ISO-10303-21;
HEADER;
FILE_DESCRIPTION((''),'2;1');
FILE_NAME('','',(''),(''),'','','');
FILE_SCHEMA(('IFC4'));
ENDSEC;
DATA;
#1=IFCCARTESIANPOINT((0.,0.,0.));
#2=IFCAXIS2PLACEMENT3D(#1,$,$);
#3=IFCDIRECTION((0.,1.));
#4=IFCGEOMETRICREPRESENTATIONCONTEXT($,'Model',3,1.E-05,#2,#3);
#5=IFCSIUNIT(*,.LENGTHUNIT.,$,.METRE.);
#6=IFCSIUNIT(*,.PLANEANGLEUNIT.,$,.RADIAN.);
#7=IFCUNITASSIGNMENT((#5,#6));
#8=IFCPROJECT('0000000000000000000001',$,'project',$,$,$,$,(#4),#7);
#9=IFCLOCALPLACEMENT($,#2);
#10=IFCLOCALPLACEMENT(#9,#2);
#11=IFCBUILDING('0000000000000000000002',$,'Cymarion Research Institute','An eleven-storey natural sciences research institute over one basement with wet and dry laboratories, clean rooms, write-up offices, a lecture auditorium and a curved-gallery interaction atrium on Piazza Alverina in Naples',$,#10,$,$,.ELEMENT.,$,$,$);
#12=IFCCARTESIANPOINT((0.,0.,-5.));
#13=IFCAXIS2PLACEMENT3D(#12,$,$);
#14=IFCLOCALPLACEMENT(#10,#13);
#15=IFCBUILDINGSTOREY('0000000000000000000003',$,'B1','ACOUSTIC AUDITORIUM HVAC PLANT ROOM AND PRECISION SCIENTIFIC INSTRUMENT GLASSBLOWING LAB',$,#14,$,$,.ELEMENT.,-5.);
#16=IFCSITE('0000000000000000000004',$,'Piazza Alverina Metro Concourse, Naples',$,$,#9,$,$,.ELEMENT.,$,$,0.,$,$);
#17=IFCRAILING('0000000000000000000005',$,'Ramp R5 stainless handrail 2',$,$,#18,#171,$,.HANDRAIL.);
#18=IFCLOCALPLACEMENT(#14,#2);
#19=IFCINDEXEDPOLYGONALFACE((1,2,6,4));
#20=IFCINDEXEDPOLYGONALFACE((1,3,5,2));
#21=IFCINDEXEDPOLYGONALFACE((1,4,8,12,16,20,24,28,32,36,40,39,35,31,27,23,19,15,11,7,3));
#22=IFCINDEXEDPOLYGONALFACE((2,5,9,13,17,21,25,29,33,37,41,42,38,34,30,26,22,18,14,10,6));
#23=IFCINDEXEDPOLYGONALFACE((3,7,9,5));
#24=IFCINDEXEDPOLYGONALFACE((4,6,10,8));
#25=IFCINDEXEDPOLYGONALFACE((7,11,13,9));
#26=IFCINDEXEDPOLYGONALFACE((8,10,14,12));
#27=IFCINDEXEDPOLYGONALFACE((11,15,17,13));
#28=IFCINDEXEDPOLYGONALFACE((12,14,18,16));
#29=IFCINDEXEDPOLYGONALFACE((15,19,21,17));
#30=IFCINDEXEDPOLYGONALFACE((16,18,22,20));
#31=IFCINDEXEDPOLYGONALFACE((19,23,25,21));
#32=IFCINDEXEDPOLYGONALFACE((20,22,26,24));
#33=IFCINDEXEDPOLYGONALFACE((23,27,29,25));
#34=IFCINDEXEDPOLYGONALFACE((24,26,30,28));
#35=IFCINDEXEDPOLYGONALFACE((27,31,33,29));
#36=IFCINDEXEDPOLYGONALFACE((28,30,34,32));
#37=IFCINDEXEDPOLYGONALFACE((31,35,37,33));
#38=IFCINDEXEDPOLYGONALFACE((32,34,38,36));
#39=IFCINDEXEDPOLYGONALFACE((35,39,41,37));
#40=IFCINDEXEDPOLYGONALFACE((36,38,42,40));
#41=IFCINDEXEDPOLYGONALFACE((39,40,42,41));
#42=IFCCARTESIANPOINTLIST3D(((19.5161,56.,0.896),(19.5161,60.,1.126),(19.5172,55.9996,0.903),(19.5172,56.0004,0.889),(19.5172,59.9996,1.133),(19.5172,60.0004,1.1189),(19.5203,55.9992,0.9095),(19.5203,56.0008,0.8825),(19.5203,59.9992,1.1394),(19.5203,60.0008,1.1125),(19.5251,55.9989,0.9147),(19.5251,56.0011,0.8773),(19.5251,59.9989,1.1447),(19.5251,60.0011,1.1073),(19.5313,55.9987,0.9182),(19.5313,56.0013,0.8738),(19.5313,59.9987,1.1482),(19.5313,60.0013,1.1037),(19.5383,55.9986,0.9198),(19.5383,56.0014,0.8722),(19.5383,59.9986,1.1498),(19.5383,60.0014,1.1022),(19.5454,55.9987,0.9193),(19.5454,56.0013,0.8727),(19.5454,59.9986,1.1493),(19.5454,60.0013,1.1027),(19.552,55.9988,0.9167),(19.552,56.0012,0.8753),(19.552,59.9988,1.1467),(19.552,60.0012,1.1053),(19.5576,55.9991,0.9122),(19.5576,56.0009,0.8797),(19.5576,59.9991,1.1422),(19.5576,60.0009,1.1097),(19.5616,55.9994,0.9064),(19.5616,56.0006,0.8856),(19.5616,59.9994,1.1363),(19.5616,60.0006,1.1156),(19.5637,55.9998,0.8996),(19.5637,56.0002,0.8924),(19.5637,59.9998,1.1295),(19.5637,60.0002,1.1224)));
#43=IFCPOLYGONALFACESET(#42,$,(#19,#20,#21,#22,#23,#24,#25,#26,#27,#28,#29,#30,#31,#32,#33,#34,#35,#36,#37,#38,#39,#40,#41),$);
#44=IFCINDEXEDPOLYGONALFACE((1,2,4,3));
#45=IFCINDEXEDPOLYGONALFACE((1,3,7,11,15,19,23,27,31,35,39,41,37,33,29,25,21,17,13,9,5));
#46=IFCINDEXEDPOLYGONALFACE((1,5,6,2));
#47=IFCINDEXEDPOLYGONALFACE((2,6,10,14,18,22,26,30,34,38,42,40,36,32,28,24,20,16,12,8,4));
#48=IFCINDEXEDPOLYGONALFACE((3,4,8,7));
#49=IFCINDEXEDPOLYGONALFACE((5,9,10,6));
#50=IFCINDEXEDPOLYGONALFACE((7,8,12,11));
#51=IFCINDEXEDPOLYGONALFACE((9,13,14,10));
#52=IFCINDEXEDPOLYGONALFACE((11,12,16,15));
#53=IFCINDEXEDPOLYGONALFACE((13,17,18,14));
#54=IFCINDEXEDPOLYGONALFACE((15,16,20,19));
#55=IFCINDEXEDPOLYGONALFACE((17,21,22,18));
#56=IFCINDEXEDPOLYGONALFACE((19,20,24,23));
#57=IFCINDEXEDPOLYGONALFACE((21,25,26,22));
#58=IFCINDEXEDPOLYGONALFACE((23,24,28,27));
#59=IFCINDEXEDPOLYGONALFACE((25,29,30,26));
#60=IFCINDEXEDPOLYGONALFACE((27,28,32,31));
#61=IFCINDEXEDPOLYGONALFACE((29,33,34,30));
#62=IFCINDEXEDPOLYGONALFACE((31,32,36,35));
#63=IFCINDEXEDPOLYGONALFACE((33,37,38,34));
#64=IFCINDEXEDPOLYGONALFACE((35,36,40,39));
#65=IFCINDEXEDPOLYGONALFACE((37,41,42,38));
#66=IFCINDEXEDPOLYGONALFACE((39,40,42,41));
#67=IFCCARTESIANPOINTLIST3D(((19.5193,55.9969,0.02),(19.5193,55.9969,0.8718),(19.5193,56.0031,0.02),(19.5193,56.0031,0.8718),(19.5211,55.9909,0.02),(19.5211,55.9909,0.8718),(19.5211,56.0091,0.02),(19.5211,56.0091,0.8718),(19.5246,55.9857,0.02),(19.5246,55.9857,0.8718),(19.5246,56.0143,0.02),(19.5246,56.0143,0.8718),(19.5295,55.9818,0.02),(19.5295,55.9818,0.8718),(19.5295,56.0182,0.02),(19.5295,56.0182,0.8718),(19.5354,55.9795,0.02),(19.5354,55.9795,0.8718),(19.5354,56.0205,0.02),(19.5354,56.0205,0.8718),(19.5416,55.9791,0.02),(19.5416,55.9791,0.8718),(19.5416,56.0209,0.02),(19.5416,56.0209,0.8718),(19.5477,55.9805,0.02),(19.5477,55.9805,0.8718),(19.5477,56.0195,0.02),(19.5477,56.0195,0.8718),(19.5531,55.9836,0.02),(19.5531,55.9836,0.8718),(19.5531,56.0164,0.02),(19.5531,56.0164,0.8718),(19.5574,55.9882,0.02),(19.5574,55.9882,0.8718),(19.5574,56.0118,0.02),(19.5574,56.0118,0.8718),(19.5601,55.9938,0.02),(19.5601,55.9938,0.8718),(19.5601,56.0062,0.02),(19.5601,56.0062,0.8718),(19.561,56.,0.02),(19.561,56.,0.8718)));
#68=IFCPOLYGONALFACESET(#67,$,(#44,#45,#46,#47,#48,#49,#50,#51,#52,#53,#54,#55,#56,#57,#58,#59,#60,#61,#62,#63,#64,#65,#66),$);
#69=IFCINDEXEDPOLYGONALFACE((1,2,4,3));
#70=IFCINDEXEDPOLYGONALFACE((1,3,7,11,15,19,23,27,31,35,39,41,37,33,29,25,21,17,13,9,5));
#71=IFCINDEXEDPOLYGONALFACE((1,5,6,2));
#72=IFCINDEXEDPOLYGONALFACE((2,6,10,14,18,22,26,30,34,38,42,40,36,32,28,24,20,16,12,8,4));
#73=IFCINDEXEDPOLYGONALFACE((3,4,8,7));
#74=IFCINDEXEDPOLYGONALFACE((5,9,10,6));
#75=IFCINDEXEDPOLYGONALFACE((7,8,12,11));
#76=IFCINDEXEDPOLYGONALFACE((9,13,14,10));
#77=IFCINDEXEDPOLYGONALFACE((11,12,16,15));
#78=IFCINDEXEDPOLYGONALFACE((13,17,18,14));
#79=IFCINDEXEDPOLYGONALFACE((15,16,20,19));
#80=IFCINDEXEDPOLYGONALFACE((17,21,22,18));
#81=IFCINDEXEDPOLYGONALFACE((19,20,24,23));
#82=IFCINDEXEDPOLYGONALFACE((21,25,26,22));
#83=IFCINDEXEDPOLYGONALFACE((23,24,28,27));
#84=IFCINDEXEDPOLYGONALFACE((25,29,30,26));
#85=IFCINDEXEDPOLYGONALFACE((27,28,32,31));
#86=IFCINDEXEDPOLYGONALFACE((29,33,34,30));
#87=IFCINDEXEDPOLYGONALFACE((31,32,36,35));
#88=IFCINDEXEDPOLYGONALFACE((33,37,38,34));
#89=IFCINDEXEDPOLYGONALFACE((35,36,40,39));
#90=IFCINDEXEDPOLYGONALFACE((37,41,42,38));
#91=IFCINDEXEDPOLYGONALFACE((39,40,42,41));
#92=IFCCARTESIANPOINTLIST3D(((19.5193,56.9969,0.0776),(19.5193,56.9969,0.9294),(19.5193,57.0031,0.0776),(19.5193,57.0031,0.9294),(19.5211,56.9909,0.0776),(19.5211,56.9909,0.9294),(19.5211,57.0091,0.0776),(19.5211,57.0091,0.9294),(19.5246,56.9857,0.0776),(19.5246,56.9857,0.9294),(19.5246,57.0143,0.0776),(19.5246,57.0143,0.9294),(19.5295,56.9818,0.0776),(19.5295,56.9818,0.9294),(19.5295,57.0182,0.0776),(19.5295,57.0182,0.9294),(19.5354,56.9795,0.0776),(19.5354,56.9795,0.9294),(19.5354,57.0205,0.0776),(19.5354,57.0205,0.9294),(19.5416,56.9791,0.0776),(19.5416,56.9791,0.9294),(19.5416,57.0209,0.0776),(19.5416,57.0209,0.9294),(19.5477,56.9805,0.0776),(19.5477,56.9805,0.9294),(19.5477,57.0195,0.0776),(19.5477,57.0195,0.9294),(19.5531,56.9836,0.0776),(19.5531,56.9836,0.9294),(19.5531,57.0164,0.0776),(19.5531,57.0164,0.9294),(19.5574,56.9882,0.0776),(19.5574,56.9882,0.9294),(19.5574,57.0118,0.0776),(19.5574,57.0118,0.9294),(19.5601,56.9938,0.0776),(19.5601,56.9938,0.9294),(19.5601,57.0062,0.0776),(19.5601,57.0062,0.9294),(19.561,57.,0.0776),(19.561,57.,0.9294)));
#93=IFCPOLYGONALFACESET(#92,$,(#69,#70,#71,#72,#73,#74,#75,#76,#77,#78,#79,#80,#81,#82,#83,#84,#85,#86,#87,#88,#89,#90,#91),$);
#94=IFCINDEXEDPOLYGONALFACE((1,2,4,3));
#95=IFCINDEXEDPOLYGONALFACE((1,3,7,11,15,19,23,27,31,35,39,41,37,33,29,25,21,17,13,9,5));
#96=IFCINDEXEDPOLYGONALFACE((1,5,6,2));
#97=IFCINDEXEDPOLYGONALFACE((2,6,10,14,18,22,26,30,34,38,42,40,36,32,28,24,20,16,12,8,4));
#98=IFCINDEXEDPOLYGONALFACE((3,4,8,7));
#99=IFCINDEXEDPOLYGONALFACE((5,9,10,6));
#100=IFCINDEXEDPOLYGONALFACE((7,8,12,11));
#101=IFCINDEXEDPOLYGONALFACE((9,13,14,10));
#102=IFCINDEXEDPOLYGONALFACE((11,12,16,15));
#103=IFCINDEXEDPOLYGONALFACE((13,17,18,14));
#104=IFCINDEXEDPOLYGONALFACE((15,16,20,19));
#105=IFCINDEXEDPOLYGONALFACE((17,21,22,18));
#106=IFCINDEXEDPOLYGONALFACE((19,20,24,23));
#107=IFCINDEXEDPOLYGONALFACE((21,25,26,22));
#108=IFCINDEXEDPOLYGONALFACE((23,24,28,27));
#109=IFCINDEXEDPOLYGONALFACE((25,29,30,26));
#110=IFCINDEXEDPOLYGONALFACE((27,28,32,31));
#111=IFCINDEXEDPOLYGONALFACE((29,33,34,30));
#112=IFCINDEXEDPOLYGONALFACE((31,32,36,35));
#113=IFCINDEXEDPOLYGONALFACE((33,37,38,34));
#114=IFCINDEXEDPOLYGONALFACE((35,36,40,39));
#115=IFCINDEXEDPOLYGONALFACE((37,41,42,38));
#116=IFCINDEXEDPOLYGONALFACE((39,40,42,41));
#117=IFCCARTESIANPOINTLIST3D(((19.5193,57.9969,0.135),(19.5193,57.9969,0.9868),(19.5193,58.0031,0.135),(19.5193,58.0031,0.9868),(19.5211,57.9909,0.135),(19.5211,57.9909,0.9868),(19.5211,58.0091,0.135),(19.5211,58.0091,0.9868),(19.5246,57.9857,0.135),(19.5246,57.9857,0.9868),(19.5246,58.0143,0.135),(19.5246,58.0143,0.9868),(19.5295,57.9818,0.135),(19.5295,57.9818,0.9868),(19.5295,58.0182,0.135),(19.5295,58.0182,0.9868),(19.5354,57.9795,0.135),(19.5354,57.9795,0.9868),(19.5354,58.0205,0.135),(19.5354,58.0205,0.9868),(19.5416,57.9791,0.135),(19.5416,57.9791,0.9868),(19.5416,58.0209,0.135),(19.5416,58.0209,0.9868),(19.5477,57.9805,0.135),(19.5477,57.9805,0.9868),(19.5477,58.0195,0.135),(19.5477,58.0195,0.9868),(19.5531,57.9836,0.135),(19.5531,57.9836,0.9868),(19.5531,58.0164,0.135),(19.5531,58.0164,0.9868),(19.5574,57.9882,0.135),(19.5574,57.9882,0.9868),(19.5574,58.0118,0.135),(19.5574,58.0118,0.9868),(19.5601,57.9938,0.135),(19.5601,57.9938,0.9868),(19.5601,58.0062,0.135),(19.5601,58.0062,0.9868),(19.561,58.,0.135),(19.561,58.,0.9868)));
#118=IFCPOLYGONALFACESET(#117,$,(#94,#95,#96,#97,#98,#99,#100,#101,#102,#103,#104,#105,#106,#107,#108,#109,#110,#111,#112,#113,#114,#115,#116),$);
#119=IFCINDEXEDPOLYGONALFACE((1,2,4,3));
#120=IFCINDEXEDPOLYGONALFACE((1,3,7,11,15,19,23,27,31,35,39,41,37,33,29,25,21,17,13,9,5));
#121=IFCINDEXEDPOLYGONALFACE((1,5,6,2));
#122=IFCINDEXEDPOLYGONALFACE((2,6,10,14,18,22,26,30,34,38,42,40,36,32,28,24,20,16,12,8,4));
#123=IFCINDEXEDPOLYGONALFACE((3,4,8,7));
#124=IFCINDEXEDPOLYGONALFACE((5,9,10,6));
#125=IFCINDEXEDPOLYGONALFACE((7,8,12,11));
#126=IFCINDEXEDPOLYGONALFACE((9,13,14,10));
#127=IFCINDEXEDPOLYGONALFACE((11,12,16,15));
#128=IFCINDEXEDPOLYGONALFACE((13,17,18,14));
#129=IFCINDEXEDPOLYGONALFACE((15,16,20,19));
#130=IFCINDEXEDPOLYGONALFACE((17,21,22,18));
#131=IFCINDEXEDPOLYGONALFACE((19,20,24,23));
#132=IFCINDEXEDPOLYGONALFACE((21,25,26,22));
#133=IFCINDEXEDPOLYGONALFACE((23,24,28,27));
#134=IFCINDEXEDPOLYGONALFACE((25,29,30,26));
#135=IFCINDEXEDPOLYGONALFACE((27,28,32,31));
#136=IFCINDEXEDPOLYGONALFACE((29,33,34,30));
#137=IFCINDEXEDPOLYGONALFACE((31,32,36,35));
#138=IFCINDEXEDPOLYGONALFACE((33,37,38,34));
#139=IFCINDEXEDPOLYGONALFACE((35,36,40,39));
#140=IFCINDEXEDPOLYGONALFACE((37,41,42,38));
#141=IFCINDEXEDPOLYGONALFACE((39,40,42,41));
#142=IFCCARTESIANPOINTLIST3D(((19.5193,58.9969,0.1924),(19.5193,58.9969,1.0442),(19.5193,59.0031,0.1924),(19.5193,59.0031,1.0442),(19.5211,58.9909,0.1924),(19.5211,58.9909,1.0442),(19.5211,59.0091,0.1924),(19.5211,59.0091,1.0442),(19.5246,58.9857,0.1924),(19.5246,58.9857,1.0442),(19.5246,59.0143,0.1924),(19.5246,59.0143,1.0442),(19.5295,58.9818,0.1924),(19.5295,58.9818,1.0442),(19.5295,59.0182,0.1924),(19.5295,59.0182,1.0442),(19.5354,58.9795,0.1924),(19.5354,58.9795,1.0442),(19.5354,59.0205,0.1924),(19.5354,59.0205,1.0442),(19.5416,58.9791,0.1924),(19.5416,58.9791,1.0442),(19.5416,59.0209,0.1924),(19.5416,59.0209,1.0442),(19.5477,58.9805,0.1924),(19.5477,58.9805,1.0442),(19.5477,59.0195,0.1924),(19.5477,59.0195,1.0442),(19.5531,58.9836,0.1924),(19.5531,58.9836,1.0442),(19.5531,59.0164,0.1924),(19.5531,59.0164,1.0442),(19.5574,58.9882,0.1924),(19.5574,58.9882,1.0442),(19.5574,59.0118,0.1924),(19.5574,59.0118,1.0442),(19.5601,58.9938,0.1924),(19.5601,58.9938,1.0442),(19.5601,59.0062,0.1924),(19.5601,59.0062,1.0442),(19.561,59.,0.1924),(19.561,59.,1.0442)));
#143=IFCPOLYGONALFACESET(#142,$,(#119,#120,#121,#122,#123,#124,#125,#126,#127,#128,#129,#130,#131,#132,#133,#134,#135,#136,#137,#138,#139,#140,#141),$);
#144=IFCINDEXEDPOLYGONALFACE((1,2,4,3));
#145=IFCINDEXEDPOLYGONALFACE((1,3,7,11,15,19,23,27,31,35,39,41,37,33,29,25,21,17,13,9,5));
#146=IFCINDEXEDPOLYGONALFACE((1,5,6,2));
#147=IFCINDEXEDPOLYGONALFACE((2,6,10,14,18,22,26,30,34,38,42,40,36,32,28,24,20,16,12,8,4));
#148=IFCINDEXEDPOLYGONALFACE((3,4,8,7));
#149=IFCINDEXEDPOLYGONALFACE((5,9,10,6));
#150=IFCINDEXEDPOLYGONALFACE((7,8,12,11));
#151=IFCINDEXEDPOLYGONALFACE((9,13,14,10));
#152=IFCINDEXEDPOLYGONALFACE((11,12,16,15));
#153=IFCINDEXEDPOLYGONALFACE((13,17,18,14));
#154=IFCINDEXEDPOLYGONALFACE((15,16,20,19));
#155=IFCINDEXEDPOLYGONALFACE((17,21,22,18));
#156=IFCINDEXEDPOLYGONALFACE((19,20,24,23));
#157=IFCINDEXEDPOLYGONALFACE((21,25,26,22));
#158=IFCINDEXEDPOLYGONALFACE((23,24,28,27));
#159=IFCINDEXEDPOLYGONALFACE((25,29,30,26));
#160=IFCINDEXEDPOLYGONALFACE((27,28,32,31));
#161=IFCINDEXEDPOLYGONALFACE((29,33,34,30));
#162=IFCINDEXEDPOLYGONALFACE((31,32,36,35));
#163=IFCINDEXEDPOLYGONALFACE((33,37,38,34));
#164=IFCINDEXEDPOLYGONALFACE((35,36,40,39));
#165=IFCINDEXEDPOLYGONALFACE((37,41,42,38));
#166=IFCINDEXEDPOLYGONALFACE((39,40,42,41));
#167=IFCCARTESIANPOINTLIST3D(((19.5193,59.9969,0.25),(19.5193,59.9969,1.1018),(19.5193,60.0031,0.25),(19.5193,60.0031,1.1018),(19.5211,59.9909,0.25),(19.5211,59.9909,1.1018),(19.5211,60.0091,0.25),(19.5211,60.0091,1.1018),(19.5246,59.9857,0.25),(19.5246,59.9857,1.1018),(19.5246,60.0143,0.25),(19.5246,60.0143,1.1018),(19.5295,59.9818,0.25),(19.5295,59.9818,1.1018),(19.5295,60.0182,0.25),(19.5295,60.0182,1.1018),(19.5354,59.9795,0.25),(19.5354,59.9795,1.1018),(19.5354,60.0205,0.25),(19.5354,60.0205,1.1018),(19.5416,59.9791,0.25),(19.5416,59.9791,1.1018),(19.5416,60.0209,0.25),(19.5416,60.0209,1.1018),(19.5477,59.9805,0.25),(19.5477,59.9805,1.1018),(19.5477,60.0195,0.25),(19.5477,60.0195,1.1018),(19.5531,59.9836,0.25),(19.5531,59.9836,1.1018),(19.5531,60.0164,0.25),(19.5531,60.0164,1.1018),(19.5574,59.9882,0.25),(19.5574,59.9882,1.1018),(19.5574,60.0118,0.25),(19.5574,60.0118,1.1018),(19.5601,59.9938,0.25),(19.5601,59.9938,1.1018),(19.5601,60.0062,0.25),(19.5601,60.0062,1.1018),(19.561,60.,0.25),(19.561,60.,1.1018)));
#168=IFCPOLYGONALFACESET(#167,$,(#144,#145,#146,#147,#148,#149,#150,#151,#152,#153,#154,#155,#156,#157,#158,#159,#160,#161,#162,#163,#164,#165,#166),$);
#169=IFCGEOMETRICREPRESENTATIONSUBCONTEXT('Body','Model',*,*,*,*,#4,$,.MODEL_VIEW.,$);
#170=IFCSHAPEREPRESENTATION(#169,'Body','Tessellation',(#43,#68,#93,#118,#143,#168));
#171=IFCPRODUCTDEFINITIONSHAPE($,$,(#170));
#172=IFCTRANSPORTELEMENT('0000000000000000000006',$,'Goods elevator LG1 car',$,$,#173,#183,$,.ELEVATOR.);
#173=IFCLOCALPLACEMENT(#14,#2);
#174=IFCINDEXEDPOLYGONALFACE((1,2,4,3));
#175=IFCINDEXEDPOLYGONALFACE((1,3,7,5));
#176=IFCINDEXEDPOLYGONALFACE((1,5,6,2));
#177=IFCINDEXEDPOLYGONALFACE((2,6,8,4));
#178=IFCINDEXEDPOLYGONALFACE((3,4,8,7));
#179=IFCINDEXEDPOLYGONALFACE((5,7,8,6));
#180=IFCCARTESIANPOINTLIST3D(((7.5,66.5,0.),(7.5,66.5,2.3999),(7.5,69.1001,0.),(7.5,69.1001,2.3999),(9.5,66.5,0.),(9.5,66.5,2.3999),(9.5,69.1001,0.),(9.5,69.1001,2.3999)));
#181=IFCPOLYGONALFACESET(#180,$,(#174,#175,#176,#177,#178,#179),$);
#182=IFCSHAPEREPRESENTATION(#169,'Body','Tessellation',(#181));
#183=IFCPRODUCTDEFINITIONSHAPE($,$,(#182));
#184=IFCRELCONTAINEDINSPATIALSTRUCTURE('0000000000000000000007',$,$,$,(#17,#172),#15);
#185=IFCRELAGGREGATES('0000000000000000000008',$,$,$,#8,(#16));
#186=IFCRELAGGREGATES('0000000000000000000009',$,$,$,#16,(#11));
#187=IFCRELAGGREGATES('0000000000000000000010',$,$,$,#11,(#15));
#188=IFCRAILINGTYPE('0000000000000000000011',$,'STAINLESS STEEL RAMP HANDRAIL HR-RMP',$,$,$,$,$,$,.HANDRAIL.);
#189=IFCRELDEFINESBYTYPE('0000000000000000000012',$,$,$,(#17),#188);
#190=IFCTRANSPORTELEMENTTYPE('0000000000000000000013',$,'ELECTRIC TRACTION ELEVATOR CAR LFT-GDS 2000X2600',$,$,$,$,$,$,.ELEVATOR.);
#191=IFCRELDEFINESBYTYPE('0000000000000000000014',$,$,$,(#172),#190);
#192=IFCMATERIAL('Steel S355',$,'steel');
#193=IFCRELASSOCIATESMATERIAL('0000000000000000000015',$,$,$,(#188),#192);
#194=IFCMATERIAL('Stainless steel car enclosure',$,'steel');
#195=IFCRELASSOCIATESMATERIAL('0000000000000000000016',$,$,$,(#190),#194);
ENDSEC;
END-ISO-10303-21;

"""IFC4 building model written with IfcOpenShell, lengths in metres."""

from ifc_helpers import new_model, si_unit, direction, frame, origin, origin_2d, place, context, subcontext, project, spatial, rectangle, circle, extrude, material, type_object, element, save


model = new_model("IFC4")

# Units and contexts
model_context = context("Model", 3, precision=1e-05, world=origin(), true_north=direction((0.0, 1.0)))
body_context = subcontext(model_context, "Body", "Model", "MODEL_VIEW")
ifc_project = project(units=[si_unit("LENGTHUNIT", "METRE"), si_unit("PLANEANGLEUNIT", "RADIAN")], contexts=[model_context])

# Site, building, storey
site_placement = place(None, origin())
site = spatial("IfcSite", under=ifc_project, at=site_placement, Name="Piazza Alverina Metro Concourse, Naples", CompositionType="ELEMENT", RefElevation=0.0)
building_placement = place(site_placement, origin())
building = spatial("IfcBuilding", under=site, at=building_placement, Name="Cymarion Research Institute", Description="An eleven-storey natural sciences research institute over one basement with wet and dry laboratories, clean rooms, write-up offices, a lecture auditorium and a curved-gallery interaction atrium on Piazza Alverina in Naples", CompositionType="ELEMENT")
storey_placement = place(building_placement, frame((0.0, 0.0, -5.0)))
storey = spatial("IfcBuildingStorey", under=building, at=storey_placement, Name="B1", Description="ACOUSTIC AUDITORIUM HVAC PLANT ROOM AND PRECISION SCIENTIFIC INSTRUMENT GLASSBLOWING LAB", CompositionType="ELEMENT", Elevation=-5.0)

# Shared definitions
ifc_material_1 = material(Name="Steel S355", Category="steel")

# Railing
railing_type = type_object("IfcRailingType", Name="STAINLESS STEEL RAMP HANDRAIL HR-RMP", PredefinedType="HANDRAIL", material=ifc_material_1)
for number, where, name in (
    (1, (19.54, 56.0, 0.02), "Ramp R5 stainless handrail 2"),
):
    element("IfcRailing", number, at=place(storey_placement, frame(where)), inside=storey, type_object=railing_type, Name=name, PredefinedType="HANDRAIL", context=body_context, shape_type="SweptSolid", body=[
        extrude(circle(Radius=0.0239, at=origin_2d()), frame((0.0, 0.0, 0.876), z_axis=(0.0, 0.998351, 0.0574), x_axis=(-1.0, 0.0, 0.0)), (0.0, 0.0, 1.0), 4.0066),
        extrude(circle(Radius=0.021, at=origin_2d()), origin(), (0.0, 0.0, 1.0), 0.8518),
        extrude(circle(Radius=0.021, at=origin_2d()), frame((0.0, 1.0, 0.0576)), (0.0, 0.0, 1.0), 0.8518),
        extrude(circle(Radius=0.021, at=origin_2d()), frame((0.0, 2.0, 0.115)), (0.0, 0.0, 1.0), 0.8518),
        extrude(circle(Radius=0.021, at=origin_2d()), frame((0.0, 3.0, 0.1724)), (0.0, 0.0, 1.0), 0.8518),
        extrude(circle(Radius=0.021, at=origin_2d()), frame((0.0, 4.0, 0.23)), (0.0, 0.0, 1.0), 0.8518),
    ])

# Transport element
ifc_material_2 = material(Name="Stainless steel car enclosure", Category="steel")
transport_element_type = type_object("IfcTransportElementType", Name="ELECTRIC TRACTION ELEVATOR CAR LFT-GDS 2000X2600", PredefinedType="ELEVATOR", material=ifc_material_2)
transport_element_placement = place(storey_placement, frame((8.5, 67.8, 0.0), z_axis=(0.0, 0.0, 1.0), x_axis=(1.0, 0.0, 0.0)))
element("IfcTransportElement", 2, at=transport_element_placement, inside=storey, type_object=transport_element_type, Name="Goods elevator LG1 car", PredefinedType="ELEVATOR", context=body_context, shape_type="SweptSolid", body=[
    extrude(rectangle(XDim=2.0, YDim=2.6001, at=origin_2d()), origin(), (0.0, 0.0, 1.0), 2.3999),
])

save(model, "model.ifc")
